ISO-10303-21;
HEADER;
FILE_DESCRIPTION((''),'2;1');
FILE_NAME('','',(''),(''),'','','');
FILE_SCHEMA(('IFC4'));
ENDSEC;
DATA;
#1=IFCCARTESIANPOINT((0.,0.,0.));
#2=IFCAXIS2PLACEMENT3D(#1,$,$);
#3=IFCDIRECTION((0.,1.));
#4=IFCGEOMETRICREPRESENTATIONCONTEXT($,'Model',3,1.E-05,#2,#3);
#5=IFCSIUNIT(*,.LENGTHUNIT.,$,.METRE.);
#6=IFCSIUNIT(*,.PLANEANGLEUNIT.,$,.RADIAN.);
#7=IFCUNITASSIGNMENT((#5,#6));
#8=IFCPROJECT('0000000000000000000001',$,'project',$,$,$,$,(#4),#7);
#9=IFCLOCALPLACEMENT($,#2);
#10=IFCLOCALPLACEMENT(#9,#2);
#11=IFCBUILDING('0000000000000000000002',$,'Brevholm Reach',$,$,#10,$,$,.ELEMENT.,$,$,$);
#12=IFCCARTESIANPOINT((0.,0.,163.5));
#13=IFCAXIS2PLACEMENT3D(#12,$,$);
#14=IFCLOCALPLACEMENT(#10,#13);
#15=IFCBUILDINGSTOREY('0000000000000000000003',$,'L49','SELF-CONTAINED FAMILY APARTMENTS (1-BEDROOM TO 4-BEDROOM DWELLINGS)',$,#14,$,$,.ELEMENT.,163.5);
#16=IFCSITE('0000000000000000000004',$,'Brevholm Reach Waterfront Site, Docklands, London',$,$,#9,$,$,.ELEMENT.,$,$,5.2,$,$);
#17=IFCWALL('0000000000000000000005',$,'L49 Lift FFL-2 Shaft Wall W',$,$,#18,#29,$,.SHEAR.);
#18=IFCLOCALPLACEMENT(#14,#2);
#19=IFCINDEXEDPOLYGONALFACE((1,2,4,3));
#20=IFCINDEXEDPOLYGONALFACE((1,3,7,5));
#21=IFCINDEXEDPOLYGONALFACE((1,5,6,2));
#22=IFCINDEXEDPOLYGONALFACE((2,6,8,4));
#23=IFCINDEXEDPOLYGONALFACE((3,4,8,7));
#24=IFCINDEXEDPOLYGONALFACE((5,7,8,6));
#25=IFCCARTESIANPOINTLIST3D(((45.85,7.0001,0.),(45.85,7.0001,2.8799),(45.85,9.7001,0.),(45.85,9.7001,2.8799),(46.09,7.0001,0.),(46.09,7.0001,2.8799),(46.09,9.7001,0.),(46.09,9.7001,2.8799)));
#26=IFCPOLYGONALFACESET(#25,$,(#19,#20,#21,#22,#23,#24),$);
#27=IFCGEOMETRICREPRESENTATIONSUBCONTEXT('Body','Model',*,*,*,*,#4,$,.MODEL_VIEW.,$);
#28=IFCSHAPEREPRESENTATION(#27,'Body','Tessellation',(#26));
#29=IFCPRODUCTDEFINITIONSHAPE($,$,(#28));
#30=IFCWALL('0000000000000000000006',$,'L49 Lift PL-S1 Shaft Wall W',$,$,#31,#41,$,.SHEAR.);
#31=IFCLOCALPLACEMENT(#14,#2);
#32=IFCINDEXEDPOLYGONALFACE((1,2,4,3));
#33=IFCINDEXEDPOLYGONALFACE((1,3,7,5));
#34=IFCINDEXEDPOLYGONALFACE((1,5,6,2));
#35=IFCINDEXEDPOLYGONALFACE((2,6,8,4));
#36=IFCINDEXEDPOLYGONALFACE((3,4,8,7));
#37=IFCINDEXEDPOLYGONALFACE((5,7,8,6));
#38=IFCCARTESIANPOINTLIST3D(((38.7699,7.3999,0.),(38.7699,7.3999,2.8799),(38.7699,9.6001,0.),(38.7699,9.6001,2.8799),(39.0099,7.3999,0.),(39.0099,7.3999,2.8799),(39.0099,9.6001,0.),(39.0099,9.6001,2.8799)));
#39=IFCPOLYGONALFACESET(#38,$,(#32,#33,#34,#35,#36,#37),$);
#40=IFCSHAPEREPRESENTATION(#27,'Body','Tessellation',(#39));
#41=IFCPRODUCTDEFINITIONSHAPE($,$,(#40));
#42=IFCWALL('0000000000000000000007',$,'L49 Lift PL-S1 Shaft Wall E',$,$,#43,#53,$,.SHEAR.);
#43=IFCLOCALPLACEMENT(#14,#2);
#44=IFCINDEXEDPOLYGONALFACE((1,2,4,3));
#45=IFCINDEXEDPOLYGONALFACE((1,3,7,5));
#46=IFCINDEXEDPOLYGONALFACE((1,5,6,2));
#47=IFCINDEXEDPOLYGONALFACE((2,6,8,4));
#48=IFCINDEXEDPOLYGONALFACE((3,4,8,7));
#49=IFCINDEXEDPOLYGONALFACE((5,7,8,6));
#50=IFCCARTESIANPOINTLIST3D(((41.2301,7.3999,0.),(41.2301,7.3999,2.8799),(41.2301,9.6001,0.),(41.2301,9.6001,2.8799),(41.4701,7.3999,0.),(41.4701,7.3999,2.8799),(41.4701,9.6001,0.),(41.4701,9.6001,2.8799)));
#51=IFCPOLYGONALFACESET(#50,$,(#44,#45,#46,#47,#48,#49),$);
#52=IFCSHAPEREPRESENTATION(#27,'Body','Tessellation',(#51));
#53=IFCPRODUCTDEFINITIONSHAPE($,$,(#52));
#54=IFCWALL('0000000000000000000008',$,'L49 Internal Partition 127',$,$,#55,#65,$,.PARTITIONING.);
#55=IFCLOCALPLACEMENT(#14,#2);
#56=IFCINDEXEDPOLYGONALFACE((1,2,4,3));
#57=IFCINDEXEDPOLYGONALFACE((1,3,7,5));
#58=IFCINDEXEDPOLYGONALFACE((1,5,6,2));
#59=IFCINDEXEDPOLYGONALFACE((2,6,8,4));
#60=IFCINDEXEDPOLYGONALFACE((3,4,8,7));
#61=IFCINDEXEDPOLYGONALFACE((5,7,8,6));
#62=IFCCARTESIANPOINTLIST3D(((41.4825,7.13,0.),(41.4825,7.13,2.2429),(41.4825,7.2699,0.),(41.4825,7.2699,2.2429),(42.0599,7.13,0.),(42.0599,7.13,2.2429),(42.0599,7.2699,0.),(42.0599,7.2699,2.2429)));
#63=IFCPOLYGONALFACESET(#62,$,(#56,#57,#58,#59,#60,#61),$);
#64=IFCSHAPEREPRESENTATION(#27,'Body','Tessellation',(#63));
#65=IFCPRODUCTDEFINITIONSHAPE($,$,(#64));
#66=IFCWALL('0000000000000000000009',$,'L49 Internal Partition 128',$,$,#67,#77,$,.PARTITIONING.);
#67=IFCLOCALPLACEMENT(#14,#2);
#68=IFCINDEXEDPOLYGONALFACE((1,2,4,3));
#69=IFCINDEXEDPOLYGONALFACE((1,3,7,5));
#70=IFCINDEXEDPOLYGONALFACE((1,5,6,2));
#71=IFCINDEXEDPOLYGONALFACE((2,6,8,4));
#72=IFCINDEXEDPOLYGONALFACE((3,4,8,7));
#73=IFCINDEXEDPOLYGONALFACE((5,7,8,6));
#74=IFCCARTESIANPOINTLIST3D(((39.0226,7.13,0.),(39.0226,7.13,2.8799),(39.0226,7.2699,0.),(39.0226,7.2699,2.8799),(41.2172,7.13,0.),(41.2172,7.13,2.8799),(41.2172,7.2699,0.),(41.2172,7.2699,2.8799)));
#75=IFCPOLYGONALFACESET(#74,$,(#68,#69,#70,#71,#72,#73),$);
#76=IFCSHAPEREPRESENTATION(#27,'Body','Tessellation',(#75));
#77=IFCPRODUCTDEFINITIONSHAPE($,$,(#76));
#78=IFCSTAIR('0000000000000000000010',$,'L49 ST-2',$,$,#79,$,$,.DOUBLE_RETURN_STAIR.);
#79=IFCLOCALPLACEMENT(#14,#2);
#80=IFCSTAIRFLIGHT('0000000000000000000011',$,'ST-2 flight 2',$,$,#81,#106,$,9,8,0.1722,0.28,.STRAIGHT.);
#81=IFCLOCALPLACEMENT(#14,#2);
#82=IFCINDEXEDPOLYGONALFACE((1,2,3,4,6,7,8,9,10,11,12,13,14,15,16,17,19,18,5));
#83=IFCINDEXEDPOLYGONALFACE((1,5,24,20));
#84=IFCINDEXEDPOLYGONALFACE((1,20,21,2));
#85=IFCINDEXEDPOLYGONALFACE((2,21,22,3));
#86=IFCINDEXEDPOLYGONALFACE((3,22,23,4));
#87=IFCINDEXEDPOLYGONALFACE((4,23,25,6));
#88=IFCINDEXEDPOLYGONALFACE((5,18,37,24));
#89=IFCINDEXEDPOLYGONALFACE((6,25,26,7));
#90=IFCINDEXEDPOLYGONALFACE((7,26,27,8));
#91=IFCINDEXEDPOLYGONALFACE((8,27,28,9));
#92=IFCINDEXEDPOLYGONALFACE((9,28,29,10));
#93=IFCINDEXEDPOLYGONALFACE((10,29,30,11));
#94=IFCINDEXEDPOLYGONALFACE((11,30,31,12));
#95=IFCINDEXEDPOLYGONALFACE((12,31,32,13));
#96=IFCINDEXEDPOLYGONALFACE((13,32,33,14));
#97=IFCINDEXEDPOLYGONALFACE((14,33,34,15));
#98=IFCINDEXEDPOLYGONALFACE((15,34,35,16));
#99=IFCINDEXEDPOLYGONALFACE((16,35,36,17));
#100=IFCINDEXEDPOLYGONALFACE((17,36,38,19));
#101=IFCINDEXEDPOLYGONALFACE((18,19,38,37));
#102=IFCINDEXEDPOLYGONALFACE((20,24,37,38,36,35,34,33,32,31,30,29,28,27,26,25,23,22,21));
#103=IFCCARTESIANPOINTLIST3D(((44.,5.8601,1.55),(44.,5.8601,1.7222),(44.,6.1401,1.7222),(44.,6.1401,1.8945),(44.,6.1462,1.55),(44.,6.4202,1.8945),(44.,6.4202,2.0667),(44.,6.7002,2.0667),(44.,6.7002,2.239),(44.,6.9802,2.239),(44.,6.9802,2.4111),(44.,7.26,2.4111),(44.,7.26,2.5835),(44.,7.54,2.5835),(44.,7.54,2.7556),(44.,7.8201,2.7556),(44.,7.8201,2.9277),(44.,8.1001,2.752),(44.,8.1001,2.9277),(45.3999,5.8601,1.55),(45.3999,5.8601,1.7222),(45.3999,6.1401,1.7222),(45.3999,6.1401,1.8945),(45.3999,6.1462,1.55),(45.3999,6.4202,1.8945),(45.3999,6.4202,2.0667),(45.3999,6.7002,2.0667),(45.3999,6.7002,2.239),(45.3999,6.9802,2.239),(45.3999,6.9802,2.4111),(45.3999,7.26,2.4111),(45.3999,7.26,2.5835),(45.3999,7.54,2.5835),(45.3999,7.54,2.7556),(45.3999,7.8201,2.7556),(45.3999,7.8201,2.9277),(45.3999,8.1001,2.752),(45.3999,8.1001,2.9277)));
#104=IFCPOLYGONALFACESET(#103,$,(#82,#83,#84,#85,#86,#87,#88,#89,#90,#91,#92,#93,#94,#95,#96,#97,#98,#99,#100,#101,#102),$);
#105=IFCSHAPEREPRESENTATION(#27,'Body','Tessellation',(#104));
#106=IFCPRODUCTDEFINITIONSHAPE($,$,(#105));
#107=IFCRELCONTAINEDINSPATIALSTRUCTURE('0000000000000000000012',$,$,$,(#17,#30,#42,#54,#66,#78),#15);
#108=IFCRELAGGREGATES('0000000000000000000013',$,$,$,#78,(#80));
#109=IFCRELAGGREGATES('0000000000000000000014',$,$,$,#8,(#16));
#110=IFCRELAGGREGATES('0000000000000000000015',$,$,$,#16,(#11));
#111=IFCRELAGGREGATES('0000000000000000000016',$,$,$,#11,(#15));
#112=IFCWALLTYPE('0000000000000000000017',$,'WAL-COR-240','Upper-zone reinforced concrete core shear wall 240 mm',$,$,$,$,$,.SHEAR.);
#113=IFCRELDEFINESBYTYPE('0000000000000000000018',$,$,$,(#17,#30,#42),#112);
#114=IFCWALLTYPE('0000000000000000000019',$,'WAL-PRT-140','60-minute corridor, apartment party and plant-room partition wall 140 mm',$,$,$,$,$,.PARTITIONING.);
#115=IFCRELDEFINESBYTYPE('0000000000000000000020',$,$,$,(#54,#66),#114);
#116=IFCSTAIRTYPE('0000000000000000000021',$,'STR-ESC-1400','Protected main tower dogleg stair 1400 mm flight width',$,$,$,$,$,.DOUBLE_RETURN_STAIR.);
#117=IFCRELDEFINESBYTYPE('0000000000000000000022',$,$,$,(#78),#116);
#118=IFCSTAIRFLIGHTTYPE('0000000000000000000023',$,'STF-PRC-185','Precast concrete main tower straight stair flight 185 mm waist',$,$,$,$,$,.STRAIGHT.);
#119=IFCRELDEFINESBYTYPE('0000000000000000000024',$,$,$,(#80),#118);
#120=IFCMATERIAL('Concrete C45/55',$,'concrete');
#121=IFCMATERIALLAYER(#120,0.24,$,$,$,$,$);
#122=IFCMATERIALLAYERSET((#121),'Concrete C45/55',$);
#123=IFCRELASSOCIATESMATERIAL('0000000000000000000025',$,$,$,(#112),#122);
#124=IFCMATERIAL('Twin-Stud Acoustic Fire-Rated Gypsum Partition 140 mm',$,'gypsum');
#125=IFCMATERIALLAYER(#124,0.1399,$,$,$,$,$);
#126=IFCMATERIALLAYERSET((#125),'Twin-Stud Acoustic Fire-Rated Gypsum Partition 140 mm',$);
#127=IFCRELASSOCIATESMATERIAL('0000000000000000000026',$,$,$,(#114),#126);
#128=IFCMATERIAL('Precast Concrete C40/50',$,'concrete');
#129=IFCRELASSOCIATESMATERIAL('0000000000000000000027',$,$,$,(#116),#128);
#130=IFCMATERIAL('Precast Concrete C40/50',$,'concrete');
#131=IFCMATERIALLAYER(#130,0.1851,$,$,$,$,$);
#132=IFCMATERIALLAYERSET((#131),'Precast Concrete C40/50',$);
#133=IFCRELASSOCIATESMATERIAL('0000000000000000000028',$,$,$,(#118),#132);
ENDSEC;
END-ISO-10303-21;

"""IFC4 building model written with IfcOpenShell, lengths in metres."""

from ifc_helpers import new_model, si_unit, direction, frame, frame_2d, origin, place, context, subcontext, project, spatial, polyline, rectangle, outline, extrude, material, layer, layer_set, type_object, element, aggregate, save


model = new_model("IFC4")

# Units and contexts
model_context = context("Model", 3, precision=1e-05, world=origin(), true_north=direction((0.0, 1.0)))
body_context = subcontext(model_context, "Body", "Model", "MODEL_VIEW")
ifc_project = project(units=[si_unit("LENGTHUNIT", "METRE"), si_unit("PLANEANGLEUNIT", "RADIAN")], contexts=[model_context])

# Site, building, storey
site_placement = place(None, origin())
site = spatial("IfcSite", under=ifc_project, at=site_placement, Name="Brevholm Reach Waterfront Site, Docklands, London", CompositionType="ELEMENT", RefElevation=5.2)
building_placement = place(site_placement, origin())
building = spatial("IfcBuilding", under=site, at=building_placement, Name="Brevholm Reach", CompositionType="ELEMENT")
storey_placement = place(building_placement, frame((0.0, 0.0, 163.5)))
storey = spatial("IfcBuildingStorey", under=building, at=storey_placement, Name="L49", Description="SELF-CONTAINED FAMILY APARTMENTS (1-BEDROOM TO 4-BEDROOM DWELLINGS)", CompositionType="ELEMENT", Elevation=163.5)

# Walls
ifc_material_1 = material(Name="Concrete C45/55", Category="concrete")
ifc_layer_1 = layer(ifc_material_1, 0.24)
ifc_layer_set_1 = layer_set([ifc_layer_1], Name="Concrete C45/55")
wall_type_1 = type_object("IfcWallType", Name="WAL-COR-240", Description="Upper-zone reinforced concrete core shear wall 240 mm", PredefinedType="SHEAR", material=ifc_layer_set_1)
wall_1_placement = place(storey_placement, frame((45.97, 7.0, 0.0), z_axis=(0.0, 0.0, 1.0), x_axis=(0.0, 1.0, 0.0)))
element("IfcWall", 1, at=wall_1_placement, inside=storey, type_object=wall_type_1, Name="L49 Lift FFL-2 Shaft Wall W", PredefinedType="SHEAR", context=body_context, shape_type="SweptSolid", body=[
    extrude(rectangle(XDim=2.7, YDim=0.24, at=frame_2d((1.3501, 0.0))), origin(), (0.0, 0.0, 1.0), 2.8799),
])
for number, where, z_axis, x_axis, name in (
    (2, (38.8899, 7.3999, 0.0), (0.0, 0.0, 1.0), (0.0, 1.0, 0.0), "L49 Lift PL-S1 Shaft Wall W"),
    (3, (41.3501, 7.3999, 0.0), (0.0, 0.0, 1.0), (0.0, 1.0, 0.0), "L49 Lift PL-S1 Shaft Wall E"),
):
    element("IfcWall", number, at=place(storey_placement, frame(where, z_axis=z_axis, x_axis=x_axis)), inside=storey, type_object=wall_type_1, Name=name, PredefinedType="SHEAR", context=body_context, shape_type="SweptSolid", body=[
        extrude(rectangle(XDim=2.2002, YDim=0.24, at=frame_2d((1.1001, 0.0))), origin(), (0.0, 0.0, 1.0), 2.8799),
    ])
ifc_material_2 = material(Name="Twin-Stud Acoustic Fire-Rated Gypsum Partition 140 mm", Category="gypsum")
ifc_layer_2 = layer(ifc_material_2, 0.1399)
ifc_layer_set_2 = layer_set([ifc_layer_2], Name="Twin-Stud Acoustic Fire-Rated Gypsum Partition 140 mm")
wall_type_2 = type_object("IfcWallType", Name="WAL-PRT-140", Description="60-minute corridor, apartment party and plant-room partition wall 140 mm", PredefinedType="PARTITIONING", material=ifc_layer_set_2)
wall_2_placement = place(storey_placement, frame((41.4827, 7.2, 0.0), z_axis=(0.0, 0.0, 1.0), x_axis=(1.0, 0.0, 0.0)))
element("IfcWall", 4, at=wall_2_placement, inside=storey, type_object=wall_type_2, Name="L49 Internal Partition 127", PredefinedType="PARTITIONING", context=body_context, shape_type="SweptSolid", body=[
    extrude(rectangle(XDim=0.5774, YDim=0.1399, at=frame_2d((0.2886, 0.0))), origin(), (0.0, 0.0, 1.0), 2.2429),
])
wall_3_placement = place(storey_placement, frame((39.0227, 7.2, 0.0), z_axis=(0.0, 0.0, 1.0), x_axis=(1.0, 0.0, 0.0)))
element("IfcWall", 5, at=wall_3_placement, inside=storey, type_object=wall_type_2, Name="L49 Internal Partition 128", PredefinedType="PARTITIONING", context=body_context, shape_type="SweptSolid", body=[
    extrude(rectangle(XDim=2.1946, YDim=0.1399, at=frame_2d((1.0972, 0.0))), origin(), (0.0, 0.0, 1.0), 2.8799),
])

# Stair, stair flight
ifc_material_3 = material(Name="Precast Concrete C40/50", Category="concrete")
stair_type = type_object("IfcStairType", Name="STR-ESC-1400", Description="Protected main tower dogleg stair 1400 mm flight width", PredefinedType="DOUBLE_RETURN_STAIR", material=ifc_material_3)
stair_placement = place(storey_placement, origin())
stair = element("IfcStair", 6, at=stair_placement, inside=storey, type_object=stair_type, Name="L49 ST-2", PredefinedType="DOUBLE_RETURN_STAIR")
ifc_material_4 = material(Name="Precast Concrete C40/50", Category="concrete")
ifc_layer_3 = layer(ifc_material_4, 0.1851)
ifc_layer_set_3 = layer_set([ifc_layer_3], Name="Precast Concrete C40/50")
stair_flight_type = type_object("IfcStairFlightType", Name="STF-PRC-185", Description="Precast concrete main tower straight stair flight 185 mm waist", PredefinedType="STRAIGHT", material=ifc_layer_set_3)
stair_flight_placement = place(storey_placement, frame((44.7, 5.8601, 1.55), z_axis=(0.0, 0.0, 1.0), x_axis=(0.0, 1.0, 0.0)))
stair_flight = element("IfcStairFlight", 7, at=stair_flight_placement, type_object=stair_flight_type, Name="ST-2 flight 2", NumberOfRisers=9, NumberOfTreads=8, PredefinedType="STRAIGHT", RiserHeight=0.1722, TreadLength=0.28, context=body_context, shape_type="SweptSolid", body=[
    extrude(outline(polyline([(0.0, 0.0), (0.0, 0.1721), (0.28, 0.1721), (0.28, 0.3445), (0.5601, 0.3445), (0.5601, 0.5166), (0.8401, 0.5166), (0.8401, 0.689), (1.1201, 0.689), (1.1201, 0.8611), (1.3999, 0.8611), (1.3999, 1.0334), (1.6799, 1.0334), (1.6799, 1.2056), (1.96, 1.2056), (1.96, 1.3777), (2.24, 1.3777), (2.24, 1.55), (2.24, 1.2019), (0.2861, 0.0), (0.0, 0.0)])), frame((0.0, 0.7, 0.0), z_axis=(0.0, -1.0, 0.0), x_axis=(1.0, 0.0, 0.0)), (0.0, 0.0, 1.0), 1.3999),
])
aggregate(stair, [stair_flight])

save(model, "model.ifc")
